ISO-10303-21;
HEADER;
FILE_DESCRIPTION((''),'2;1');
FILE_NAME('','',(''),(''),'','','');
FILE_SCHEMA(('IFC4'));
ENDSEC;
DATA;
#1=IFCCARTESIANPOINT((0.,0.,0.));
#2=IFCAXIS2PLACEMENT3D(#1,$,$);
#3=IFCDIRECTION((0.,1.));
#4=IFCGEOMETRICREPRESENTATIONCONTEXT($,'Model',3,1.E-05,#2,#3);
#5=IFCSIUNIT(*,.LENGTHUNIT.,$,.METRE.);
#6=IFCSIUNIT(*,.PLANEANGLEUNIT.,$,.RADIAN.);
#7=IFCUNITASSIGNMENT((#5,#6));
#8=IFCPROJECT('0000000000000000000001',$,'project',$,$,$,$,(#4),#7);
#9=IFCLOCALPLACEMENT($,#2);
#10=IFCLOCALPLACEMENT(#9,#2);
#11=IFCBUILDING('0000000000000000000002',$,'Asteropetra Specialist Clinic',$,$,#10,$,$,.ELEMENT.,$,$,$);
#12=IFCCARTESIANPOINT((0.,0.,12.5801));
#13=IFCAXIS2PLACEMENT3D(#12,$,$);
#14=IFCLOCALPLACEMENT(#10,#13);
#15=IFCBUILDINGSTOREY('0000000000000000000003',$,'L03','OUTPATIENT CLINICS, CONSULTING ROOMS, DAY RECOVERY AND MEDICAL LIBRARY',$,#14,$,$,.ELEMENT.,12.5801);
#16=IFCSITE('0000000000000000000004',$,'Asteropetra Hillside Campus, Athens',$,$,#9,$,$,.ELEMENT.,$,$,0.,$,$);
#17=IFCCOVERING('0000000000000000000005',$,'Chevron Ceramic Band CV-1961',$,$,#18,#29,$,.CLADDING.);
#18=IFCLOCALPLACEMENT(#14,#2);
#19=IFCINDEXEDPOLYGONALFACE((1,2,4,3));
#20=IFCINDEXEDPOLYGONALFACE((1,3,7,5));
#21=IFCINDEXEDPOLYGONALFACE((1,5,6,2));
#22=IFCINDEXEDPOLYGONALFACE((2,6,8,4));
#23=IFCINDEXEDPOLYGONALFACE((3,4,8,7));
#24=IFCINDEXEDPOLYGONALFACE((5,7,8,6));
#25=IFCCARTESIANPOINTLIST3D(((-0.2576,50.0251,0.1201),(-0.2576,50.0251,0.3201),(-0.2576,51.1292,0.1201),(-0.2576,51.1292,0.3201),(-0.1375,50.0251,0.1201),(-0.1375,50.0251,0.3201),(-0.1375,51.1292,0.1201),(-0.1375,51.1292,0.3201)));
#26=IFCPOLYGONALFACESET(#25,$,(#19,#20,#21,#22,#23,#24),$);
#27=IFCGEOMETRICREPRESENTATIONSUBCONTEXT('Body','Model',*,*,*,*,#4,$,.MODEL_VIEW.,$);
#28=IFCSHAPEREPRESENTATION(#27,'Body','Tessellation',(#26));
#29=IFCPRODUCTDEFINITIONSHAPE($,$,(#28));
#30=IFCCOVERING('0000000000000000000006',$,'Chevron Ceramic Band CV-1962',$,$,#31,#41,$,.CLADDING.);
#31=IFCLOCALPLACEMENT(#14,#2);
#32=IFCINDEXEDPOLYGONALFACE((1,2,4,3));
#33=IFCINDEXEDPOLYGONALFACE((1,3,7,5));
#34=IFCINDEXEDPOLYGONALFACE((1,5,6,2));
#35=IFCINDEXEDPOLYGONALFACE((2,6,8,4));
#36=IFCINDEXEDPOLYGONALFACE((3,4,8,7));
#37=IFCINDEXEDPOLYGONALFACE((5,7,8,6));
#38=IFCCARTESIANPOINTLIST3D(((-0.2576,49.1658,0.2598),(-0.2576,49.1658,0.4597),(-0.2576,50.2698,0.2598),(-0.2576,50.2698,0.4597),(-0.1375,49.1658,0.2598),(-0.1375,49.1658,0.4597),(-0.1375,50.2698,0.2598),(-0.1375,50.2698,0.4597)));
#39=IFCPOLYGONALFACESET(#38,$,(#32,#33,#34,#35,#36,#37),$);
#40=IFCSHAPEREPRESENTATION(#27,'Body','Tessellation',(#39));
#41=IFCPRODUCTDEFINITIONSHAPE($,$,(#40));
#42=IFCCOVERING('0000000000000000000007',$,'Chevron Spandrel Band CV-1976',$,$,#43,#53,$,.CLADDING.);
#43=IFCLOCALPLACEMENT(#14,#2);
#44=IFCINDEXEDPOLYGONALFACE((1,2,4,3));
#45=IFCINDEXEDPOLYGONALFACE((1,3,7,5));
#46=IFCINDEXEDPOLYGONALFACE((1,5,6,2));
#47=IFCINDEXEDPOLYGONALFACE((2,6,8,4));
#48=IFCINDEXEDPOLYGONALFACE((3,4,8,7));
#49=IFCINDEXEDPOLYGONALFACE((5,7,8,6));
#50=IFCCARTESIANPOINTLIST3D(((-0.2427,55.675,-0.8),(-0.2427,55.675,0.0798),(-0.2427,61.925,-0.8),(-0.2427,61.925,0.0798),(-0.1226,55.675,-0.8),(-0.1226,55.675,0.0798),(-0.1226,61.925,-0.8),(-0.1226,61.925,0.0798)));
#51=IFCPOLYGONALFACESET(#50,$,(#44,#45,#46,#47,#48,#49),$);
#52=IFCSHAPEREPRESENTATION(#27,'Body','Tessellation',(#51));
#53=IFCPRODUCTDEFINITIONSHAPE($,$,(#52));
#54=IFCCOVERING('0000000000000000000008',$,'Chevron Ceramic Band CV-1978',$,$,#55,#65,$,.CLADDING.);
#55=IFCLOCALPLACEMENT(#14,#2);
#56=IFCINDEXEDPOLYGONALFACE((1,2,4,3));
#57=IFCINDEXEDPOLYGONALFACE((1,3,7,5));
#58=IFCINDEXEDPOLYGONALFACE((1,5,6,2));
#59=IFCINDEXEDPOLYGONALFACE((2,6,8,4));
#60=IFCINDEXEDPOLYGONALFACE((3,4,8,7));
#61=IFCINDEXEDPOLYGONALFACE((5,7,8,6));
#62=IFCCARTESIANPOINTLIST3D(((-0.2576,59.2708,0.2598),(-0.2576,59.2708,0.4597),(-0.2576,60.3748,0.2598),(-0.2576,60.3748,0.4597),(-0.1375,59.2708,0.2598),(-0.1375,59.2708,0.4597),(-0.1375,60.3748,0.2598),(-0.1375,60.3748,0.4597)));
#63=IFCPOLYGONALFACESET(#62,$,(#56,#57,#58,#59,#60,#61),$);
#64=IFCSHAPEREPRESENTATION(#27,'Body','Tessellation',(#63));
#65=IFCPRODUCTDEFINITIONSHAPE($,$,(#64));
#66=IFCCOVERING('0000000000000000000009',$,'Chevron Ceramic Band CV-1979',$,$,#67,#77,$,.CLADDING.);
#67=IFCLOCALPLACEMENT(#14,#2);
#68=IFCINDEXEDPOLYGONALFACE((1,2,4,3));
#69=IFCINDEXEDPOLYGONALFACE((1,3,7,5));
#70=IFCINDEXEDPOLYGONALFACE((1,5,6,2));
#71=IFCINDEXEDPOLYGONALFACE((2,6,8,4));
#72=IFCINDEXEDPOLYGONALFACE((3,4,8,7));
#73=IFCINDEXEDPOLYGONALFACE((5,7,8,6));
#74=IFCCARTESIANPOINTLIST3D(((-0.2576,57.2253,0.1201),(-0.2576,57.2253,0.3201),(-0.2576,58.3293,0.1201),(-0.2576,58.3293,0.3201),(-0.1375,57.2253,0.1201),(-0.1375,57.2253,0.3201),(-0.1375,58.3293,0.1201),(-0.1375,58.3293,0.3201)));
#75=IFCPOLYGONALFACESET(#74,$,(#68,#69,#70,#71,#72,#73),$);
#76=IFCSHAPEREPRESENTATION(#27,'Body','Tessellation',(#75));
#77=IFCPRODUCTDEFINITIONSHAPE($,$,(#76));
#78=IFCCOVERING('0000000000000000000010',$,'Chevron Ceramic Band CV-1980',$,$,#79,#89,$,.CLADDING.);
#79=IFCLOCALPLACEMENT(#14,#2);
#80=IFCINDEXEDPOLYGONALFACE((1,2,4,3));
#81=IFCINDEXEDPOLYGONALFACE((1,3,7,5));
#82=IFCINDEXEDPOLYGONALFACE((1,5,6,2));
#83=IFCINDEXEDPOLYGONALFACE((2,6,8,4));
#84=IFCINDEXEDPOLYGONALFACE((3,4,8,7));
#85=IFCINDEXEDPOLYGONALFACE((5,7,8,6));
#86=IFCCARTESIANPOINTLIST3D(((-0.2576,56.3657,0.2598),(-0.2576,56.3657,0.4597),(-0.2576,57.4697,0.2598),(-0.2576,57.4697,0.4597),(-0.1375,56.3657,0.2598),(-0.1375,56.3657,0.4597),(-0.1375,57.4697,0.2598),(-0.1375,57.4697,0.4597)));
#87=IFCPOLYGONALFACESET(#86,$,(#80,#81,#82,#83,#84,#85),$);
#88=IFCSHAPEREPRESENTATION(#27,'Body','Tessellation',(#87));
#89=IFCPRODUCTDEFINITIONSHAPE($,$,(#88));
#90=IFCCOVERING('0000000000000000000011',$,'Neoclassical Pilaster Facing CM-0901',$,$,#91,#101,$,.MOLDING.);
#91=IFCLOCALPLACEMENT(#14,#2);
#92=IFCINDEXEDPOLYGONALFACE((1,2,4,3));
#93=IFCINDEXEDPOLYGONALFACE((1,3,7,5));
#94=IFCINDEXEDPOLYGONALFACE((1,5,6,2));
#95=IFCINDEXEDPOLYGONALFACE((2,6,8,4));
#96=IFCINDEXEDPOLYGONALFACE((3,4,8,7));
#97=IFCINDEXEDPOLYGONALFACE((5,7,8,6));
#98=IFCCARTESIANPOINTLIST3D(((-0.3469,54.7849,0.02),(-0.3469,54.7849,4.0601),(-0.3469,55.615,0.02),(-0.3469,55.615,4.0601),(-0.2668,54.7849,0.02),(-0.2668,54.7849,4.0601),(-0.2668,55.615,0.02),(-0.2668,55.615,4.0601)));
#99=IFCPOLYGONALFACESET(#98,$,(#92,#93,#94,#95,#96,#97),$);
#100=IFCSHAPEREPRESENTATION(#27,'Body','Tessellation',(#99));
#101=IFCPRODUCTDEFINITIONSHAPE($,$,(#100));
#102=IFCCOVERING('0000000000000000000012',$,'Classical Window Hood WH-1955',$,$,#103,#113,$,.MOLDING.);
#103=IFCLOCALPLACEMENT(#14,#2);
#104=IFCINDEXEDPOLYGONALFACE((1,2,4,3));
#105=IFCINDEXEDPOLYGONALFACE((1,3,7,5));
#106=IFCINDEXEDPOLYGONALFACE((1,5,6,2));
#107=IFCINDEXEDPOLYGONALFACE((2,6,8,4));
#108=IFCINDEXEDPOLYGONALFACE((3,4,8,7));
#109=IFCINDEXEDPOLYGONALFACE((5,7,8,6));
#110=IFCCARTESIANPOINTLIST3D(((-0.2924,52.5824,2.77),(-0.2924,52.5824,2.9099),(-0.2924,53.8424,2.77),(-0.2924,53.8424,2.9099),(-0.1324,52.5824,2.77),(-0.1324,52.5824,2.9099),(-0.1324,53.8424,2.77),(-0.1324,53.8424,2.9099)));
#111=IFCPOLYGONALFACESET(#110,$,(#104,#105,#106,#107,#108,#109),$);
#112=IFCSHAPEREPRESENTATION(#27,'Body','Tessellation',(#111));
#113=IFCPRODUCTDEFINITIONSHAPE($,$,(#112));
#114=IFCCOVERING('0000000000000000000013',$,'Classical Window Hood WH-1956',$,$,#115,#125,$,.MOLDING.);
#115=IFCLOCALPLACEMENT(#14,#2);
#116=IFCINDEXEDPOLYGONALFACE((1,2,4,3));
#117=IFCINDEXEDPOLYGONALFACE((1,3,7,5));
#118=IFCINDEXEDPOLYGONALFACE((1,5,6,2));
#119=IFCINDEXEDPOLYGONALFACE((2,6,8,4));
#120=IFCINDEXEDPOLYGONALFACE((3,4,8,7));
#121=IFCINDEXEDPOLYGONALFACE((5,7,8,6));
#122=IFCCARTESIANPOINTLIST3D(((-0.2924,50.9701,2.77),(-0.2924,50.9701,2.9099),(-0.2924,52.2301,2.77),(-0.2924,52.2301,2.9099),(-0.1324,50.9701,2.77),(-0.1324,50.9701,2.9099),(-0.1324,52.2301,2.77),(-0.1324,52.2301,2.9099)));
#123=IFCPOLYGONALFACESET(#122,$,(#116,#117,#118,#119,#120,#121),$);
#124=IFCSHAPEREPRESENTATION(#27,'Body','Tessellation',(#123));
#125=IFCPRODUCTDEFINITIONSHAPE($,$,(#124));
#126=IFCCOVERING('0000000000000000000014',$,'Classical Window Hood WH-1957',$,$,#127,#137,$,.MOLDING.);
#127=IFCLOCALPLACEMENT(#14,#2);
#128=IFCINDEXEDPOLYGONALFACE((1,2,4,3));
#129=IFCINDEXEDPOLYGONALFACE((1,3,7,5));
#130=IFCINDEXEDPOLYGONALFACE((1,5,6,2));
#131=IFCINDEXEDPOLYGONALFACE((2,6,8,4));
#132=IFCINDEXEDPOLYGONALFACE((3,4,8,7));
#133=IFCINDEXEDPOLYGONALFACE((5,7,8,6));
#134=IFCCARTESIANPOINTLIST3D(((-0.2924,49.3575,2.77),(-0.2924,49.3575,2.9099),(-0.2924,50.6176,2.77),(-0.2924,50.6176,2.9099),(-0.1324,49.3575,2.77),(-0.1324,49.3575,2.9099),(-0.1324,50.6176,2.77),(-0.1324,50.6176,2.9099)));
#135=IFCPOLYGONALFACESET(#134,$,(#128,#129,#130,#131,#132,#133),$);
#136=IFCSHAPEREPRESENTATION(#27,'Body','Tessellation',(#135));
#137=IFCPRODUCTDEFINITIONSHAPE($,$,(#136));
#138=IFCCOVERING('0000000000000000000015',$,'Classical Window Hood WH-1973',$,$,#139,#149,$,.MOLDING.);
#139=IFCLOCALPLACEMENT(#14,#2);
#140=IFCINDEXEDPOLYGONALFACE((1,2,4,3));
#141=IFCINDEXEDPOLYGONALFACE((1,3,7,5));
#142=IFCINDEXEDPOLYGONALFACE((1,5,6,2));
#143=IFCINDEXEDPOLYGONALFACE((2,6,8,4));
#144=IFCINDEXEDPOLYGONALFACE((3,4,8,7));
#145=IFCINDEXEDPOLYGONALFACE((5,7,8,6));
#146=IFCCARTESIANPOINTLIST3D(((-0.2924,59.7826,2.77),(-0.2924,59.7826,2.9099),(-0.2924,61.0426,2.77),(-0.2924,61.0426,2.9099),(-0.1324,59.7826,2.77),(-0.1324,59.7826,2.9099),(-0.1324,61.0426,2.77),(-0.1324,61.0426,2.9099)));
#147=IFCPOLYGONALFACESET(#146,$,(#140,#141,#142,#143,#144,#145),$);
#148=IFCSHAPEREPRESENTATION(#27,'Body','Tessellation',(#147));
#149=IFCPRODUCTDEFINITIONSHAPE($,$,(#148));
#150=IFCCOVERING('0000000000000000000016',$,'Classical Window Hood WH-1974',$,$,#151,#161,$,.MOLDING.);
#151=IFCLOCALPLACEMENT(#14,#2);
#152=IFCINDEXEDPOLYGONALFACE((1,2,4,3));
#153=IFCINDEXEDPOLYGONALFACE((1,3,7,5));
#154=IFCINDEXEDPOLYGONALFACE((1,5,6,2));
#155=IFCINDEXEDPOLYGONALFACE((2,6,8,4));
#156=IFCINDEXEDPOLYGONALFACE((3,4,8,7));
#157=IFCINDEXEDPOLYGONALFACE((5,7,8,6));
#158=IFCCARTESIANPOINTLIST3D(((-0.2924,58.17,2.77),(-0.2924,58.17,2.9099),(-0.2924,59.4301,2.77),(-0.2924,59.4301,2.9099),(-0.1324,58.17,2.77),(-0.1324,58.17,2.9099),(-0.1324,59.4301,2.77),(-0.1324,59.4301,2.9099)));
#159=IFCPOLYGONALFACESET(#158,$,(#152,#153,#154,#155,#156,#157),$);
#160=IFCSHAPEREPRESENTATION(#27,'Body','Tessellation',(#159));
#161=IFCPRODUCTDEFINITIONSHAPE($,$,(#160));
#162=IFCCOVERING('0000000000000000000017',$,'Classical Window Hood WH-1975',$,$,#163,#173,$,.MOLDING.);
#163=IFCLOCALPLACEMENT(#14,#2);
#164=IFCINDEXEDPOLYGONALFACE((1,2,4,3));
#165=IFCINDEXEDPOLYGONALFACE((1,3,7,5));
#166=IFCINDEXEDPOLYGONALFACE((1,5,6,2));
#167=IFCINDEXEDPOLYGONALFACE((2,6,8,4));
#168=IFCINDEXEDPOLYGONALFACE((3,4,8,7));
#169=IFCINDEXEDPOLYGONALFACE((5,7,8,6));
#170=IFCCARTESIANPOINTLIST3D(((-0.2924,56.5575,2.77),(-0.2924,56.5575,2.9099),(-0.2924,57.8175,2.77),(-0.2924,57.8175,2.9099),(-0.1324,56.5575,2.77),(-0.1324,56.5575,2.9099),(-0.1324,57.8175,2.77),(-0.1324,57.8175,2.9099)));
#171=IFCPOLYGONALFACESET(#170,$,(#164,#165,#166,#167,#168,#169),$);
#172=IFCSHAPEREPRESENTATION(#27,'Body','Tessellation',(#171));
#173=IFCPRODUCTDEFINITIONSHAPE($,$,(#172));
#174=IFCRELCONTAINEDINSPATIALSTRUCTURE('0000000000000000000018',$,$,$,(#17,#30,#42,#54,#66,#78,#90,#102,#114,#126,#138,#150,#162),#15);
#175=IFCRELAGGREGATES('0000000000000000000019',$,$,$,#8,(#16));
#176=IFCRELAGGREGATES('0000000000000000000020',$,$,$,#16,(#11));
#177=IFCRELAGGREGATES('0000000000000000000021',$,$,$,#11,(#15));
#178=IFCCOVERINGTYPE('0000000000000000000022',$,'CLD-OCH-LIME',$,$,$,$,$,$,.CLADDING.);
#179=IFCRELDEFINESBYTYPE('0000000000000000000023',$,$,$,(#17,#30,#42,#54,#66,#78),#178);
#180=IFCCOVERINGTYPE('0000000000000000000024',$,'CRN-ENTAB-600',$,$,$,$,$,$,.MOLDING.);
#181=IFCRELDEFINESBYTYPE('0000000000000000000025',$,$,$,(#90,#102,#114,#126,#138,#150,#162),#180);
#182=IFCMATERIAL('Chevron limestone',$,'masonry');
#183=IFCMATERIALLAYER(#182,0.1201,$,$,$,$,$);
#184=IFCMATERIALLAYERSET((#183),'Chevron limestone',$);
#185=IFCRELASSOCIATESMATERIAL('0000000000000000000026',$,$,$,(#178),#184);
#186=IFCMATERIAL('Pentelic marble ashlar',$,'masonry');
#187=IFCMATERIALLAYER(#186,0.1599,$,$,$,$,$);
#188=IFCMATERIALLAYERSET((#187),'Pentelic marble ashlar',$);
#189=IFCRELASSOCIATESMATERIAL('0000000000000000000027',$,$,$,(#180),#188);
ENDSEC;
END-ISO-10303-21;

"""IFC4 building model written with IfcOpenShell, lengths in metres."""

from ifc_helpers import new_model, si_unit, direction, frame, origin, origin_2d, place, context, subcontext, project, spatial, rectangle, extrude, material, layer, layer_set, type_object, element, save


model = new_model("IFC4")

# Units and contexts
model_context = context("Model", 3, precision=1e-05, world=origin(), true_north=direction((0.0, 1.0)))
body_context = subcontext(model_context, "Body", "Model", "MODEL_VIEW")
ifc_project = project(units=[si_unit("LENGTHUNIT", "METRE"), si_unit("PLANEANGLEUNIT", "RADIAN")], contexts=[model_context])

# Site, building, storey
site_placement = place(None, origin())
site = spatial("IfcSite", under=ifc_project, at=site_placement, Name="Asteropetra Hillside Campus, Athens", CompositionType="ELEMENT", RefElevation=0.0)
building_placement = place(site_placement, origin())
building = spatial("IfcBuilding", under=site, at=building_placement, Name="Asteropetra Specialist Clinic", CompositionType="ELEMENT")
storey_placement = place(building_placement, frame((0.0, 0.0, 12.5801)))
storey = spatial("IfcBuildingStorey", under=building, at=storey_placement, Name="L03", Description="OUTPATIENT CLINICS, CONSULTING ROOMS, DAY RECOVERY AND MEDICAL LIBRARY", CompositionType="ELEMENT", Elevation=12.5801)

# Coverings
ifc_material_1 = material(Name="Chevron limestone", Category="masonry")
ifc_layer_1 = layer(ifc_material_1, 0.1201)
ifc_layer_set_1 = layer_set([ifc_layer_1], Name="Chevron limestone")
covering_type_1 = type_object("IfcCoveringType", Name="CLD-OCH-LIME", PredefinedType="CLADDING", material=ifc_layer_set_1)
for number, where, z_axis, x_axis, name in (
    (1, (-0.1975, 50.5771, 0.1201), (0.0, 0.0, 1.0), (1.0, 0.0, 0.0), "Chevron Ceramic Band CV-1961"),
    (2, (-0.1975, 49.7178, 0.2598), (0.0, 0.0, 1.0), (1.0, 0.0, 0.0), "Chevron Ceramic Band CV-1962"),
):
    element("IfcCovering", number, at=place(storey_placement, frame(where, z_axis=z_axis, x_axis=x_axis)), inside=storey, type_object=covering_type_1, Name=name, PredefinedType="CLADDING", context=body_context, shape_type="SweptSolid", body=[
        extrude(rectangle(XDim=0.1201, YDim=1.104, at=origin_2d()), origin(), (0.0, 0.0, 1.0), 0.2),
    ])
covering_1_placement = place(storey_placement, frame((-0.1826, 58.8, -0.8), z_axis=(0.0, 0.0, 1.0), x_axis=(1.0, 0.0, 0.0)))
element("IfcCovering", 3, at=covering_1_placement, inside=storey, type_object=covering_type_1, Name="Chevron Spandrel Band CV-1976", PredefinedType="CLADDING", context=body_context, shape_type="SweptSolid", body=[
    extrude(rectangle(XDim=0.1201, YDim=6.25, at=origin_2d()), origin(), (0.0, 0.0, 1.0), 0.8799),
])
for number, where, z_axis, x_axis, name in (
    (4, (-0.1975, 59.8228, 0.2598), (0.0, 0.0, 1.0), (1.0, 0.0, 0.0), "Chevron Ceramic Band CV-1978"),
    (5, (-0.1975, 57.7773, 0.1201), (0.0, 0.0, 1.0), (1.0, 0.0, 0.0), "Chevron Ceramic Band CV-1979"),
    (6, (-0.1975, 56.9177, 0.2598), (0.0, 0.0, 1.0), (1.0, 0.0, 0.0), "Chevron Ceramic Band CV-1980"),
):
    element("IfcCovering", number, at=place(storey_placement, frame(where, z_axis=z_axis, x_axis=x_axis)), inside=storey, type_object=covering_type_1, Name=name, PredefinedType="CLADDING", context=body_context, shape_type="SweptSolid", body=[
        extrude(rectangle(XDim=0.1201, YDim=1.104, at=origin_2d()), origin(), (0.0, 0.0, 1.0), 0.2),
    ])
ifc_material_2 = material(Name="Pentelic marble ashlar", Category="masonry")
ifc_layer_2 = layer(ifc_material_2, 0.1599)
ifc_layer_set_2 = layer_set([ifc_layer_2], Name="Pentelic marble ashlar")
covering_type_2 = type_object("IfcCoveringType", Name="CRN-ENTAB-600", PredefinedType="MOLDING", material=ifc_layer_set_2)
covering_2_placement = place(storey_placement, frame((-0.3069, 55.2, 0.02), z_axis=(0.0, 0.0, 1.0), x_axis=(1.0, 0.0, 0.0)))
element("IfcCovering", 7, at=covering_2_placement, inside=storey, type_object=covering_type_2, Name="Neoclassical Pilaster Facing CM-0901", PredefinedType="MOLDING", context=body_context, shape_type="SweptSolid", body=[
    extrude(rectangle(XDim=0.0801, YDim=0.8301, at=origin_2d()), origin(), (0.0, 0.0, 1.0), 4.04),
])
for number, where, z_axis, x_axis, name in (
    (8, (-0.2124, 53.2124, 2.77), (0.0, 0.0, 1.0), (1.0, 0.0, 0.0), "Classical Window Hood WH-1955"),
    (9, (-0.2124, 51.6001, 2.77), (0.0, 0.0, 1.0), (1.0, 0.0, 0.0), "Classical Window Hood WH-1956"),
    (10, (-0.2124, 49.9875, 2.77), (0.0, 0.0, 1.0), (1.0, 0.0, 0.0), "Classical Window Hood WH-1957"),
    (11, (-0.2124, 60.4126, 2.77), (0.0, 0.0, 1.0), (1.0, 0.0, 0.0), "Classical Window Hood WH-1973"),
    (12, (-0.2124, 58.8, 2.77), (0.0, 0.0, 1.0), (1.0, 0.0, 0.0), "Classical Window Hood WH-1974"),
    (13, (-0.2124, 57.1875, 2.77), (0.0, 0.0, 1.0), (1.0, 0.0, 0.0), "Classical Window Hood WH-1975"),
):
    element("IfcCovering", number, at=place(storey_placement, frame(where, z_axis=z_axis, x_axis=x_axis)), inside=storey, type_object=covering_type_2, Name=name, PredefinedType="MOLDING", context=body_context, shape_type="SweptSolid", body=[
        extrude(rectangle(XDim=0.1599, YDim=1.26, at=origin_2d()), origin(), (0.0, 0.0, 1.0), 0.1399),
    ])

save(model, "model.ifc")
